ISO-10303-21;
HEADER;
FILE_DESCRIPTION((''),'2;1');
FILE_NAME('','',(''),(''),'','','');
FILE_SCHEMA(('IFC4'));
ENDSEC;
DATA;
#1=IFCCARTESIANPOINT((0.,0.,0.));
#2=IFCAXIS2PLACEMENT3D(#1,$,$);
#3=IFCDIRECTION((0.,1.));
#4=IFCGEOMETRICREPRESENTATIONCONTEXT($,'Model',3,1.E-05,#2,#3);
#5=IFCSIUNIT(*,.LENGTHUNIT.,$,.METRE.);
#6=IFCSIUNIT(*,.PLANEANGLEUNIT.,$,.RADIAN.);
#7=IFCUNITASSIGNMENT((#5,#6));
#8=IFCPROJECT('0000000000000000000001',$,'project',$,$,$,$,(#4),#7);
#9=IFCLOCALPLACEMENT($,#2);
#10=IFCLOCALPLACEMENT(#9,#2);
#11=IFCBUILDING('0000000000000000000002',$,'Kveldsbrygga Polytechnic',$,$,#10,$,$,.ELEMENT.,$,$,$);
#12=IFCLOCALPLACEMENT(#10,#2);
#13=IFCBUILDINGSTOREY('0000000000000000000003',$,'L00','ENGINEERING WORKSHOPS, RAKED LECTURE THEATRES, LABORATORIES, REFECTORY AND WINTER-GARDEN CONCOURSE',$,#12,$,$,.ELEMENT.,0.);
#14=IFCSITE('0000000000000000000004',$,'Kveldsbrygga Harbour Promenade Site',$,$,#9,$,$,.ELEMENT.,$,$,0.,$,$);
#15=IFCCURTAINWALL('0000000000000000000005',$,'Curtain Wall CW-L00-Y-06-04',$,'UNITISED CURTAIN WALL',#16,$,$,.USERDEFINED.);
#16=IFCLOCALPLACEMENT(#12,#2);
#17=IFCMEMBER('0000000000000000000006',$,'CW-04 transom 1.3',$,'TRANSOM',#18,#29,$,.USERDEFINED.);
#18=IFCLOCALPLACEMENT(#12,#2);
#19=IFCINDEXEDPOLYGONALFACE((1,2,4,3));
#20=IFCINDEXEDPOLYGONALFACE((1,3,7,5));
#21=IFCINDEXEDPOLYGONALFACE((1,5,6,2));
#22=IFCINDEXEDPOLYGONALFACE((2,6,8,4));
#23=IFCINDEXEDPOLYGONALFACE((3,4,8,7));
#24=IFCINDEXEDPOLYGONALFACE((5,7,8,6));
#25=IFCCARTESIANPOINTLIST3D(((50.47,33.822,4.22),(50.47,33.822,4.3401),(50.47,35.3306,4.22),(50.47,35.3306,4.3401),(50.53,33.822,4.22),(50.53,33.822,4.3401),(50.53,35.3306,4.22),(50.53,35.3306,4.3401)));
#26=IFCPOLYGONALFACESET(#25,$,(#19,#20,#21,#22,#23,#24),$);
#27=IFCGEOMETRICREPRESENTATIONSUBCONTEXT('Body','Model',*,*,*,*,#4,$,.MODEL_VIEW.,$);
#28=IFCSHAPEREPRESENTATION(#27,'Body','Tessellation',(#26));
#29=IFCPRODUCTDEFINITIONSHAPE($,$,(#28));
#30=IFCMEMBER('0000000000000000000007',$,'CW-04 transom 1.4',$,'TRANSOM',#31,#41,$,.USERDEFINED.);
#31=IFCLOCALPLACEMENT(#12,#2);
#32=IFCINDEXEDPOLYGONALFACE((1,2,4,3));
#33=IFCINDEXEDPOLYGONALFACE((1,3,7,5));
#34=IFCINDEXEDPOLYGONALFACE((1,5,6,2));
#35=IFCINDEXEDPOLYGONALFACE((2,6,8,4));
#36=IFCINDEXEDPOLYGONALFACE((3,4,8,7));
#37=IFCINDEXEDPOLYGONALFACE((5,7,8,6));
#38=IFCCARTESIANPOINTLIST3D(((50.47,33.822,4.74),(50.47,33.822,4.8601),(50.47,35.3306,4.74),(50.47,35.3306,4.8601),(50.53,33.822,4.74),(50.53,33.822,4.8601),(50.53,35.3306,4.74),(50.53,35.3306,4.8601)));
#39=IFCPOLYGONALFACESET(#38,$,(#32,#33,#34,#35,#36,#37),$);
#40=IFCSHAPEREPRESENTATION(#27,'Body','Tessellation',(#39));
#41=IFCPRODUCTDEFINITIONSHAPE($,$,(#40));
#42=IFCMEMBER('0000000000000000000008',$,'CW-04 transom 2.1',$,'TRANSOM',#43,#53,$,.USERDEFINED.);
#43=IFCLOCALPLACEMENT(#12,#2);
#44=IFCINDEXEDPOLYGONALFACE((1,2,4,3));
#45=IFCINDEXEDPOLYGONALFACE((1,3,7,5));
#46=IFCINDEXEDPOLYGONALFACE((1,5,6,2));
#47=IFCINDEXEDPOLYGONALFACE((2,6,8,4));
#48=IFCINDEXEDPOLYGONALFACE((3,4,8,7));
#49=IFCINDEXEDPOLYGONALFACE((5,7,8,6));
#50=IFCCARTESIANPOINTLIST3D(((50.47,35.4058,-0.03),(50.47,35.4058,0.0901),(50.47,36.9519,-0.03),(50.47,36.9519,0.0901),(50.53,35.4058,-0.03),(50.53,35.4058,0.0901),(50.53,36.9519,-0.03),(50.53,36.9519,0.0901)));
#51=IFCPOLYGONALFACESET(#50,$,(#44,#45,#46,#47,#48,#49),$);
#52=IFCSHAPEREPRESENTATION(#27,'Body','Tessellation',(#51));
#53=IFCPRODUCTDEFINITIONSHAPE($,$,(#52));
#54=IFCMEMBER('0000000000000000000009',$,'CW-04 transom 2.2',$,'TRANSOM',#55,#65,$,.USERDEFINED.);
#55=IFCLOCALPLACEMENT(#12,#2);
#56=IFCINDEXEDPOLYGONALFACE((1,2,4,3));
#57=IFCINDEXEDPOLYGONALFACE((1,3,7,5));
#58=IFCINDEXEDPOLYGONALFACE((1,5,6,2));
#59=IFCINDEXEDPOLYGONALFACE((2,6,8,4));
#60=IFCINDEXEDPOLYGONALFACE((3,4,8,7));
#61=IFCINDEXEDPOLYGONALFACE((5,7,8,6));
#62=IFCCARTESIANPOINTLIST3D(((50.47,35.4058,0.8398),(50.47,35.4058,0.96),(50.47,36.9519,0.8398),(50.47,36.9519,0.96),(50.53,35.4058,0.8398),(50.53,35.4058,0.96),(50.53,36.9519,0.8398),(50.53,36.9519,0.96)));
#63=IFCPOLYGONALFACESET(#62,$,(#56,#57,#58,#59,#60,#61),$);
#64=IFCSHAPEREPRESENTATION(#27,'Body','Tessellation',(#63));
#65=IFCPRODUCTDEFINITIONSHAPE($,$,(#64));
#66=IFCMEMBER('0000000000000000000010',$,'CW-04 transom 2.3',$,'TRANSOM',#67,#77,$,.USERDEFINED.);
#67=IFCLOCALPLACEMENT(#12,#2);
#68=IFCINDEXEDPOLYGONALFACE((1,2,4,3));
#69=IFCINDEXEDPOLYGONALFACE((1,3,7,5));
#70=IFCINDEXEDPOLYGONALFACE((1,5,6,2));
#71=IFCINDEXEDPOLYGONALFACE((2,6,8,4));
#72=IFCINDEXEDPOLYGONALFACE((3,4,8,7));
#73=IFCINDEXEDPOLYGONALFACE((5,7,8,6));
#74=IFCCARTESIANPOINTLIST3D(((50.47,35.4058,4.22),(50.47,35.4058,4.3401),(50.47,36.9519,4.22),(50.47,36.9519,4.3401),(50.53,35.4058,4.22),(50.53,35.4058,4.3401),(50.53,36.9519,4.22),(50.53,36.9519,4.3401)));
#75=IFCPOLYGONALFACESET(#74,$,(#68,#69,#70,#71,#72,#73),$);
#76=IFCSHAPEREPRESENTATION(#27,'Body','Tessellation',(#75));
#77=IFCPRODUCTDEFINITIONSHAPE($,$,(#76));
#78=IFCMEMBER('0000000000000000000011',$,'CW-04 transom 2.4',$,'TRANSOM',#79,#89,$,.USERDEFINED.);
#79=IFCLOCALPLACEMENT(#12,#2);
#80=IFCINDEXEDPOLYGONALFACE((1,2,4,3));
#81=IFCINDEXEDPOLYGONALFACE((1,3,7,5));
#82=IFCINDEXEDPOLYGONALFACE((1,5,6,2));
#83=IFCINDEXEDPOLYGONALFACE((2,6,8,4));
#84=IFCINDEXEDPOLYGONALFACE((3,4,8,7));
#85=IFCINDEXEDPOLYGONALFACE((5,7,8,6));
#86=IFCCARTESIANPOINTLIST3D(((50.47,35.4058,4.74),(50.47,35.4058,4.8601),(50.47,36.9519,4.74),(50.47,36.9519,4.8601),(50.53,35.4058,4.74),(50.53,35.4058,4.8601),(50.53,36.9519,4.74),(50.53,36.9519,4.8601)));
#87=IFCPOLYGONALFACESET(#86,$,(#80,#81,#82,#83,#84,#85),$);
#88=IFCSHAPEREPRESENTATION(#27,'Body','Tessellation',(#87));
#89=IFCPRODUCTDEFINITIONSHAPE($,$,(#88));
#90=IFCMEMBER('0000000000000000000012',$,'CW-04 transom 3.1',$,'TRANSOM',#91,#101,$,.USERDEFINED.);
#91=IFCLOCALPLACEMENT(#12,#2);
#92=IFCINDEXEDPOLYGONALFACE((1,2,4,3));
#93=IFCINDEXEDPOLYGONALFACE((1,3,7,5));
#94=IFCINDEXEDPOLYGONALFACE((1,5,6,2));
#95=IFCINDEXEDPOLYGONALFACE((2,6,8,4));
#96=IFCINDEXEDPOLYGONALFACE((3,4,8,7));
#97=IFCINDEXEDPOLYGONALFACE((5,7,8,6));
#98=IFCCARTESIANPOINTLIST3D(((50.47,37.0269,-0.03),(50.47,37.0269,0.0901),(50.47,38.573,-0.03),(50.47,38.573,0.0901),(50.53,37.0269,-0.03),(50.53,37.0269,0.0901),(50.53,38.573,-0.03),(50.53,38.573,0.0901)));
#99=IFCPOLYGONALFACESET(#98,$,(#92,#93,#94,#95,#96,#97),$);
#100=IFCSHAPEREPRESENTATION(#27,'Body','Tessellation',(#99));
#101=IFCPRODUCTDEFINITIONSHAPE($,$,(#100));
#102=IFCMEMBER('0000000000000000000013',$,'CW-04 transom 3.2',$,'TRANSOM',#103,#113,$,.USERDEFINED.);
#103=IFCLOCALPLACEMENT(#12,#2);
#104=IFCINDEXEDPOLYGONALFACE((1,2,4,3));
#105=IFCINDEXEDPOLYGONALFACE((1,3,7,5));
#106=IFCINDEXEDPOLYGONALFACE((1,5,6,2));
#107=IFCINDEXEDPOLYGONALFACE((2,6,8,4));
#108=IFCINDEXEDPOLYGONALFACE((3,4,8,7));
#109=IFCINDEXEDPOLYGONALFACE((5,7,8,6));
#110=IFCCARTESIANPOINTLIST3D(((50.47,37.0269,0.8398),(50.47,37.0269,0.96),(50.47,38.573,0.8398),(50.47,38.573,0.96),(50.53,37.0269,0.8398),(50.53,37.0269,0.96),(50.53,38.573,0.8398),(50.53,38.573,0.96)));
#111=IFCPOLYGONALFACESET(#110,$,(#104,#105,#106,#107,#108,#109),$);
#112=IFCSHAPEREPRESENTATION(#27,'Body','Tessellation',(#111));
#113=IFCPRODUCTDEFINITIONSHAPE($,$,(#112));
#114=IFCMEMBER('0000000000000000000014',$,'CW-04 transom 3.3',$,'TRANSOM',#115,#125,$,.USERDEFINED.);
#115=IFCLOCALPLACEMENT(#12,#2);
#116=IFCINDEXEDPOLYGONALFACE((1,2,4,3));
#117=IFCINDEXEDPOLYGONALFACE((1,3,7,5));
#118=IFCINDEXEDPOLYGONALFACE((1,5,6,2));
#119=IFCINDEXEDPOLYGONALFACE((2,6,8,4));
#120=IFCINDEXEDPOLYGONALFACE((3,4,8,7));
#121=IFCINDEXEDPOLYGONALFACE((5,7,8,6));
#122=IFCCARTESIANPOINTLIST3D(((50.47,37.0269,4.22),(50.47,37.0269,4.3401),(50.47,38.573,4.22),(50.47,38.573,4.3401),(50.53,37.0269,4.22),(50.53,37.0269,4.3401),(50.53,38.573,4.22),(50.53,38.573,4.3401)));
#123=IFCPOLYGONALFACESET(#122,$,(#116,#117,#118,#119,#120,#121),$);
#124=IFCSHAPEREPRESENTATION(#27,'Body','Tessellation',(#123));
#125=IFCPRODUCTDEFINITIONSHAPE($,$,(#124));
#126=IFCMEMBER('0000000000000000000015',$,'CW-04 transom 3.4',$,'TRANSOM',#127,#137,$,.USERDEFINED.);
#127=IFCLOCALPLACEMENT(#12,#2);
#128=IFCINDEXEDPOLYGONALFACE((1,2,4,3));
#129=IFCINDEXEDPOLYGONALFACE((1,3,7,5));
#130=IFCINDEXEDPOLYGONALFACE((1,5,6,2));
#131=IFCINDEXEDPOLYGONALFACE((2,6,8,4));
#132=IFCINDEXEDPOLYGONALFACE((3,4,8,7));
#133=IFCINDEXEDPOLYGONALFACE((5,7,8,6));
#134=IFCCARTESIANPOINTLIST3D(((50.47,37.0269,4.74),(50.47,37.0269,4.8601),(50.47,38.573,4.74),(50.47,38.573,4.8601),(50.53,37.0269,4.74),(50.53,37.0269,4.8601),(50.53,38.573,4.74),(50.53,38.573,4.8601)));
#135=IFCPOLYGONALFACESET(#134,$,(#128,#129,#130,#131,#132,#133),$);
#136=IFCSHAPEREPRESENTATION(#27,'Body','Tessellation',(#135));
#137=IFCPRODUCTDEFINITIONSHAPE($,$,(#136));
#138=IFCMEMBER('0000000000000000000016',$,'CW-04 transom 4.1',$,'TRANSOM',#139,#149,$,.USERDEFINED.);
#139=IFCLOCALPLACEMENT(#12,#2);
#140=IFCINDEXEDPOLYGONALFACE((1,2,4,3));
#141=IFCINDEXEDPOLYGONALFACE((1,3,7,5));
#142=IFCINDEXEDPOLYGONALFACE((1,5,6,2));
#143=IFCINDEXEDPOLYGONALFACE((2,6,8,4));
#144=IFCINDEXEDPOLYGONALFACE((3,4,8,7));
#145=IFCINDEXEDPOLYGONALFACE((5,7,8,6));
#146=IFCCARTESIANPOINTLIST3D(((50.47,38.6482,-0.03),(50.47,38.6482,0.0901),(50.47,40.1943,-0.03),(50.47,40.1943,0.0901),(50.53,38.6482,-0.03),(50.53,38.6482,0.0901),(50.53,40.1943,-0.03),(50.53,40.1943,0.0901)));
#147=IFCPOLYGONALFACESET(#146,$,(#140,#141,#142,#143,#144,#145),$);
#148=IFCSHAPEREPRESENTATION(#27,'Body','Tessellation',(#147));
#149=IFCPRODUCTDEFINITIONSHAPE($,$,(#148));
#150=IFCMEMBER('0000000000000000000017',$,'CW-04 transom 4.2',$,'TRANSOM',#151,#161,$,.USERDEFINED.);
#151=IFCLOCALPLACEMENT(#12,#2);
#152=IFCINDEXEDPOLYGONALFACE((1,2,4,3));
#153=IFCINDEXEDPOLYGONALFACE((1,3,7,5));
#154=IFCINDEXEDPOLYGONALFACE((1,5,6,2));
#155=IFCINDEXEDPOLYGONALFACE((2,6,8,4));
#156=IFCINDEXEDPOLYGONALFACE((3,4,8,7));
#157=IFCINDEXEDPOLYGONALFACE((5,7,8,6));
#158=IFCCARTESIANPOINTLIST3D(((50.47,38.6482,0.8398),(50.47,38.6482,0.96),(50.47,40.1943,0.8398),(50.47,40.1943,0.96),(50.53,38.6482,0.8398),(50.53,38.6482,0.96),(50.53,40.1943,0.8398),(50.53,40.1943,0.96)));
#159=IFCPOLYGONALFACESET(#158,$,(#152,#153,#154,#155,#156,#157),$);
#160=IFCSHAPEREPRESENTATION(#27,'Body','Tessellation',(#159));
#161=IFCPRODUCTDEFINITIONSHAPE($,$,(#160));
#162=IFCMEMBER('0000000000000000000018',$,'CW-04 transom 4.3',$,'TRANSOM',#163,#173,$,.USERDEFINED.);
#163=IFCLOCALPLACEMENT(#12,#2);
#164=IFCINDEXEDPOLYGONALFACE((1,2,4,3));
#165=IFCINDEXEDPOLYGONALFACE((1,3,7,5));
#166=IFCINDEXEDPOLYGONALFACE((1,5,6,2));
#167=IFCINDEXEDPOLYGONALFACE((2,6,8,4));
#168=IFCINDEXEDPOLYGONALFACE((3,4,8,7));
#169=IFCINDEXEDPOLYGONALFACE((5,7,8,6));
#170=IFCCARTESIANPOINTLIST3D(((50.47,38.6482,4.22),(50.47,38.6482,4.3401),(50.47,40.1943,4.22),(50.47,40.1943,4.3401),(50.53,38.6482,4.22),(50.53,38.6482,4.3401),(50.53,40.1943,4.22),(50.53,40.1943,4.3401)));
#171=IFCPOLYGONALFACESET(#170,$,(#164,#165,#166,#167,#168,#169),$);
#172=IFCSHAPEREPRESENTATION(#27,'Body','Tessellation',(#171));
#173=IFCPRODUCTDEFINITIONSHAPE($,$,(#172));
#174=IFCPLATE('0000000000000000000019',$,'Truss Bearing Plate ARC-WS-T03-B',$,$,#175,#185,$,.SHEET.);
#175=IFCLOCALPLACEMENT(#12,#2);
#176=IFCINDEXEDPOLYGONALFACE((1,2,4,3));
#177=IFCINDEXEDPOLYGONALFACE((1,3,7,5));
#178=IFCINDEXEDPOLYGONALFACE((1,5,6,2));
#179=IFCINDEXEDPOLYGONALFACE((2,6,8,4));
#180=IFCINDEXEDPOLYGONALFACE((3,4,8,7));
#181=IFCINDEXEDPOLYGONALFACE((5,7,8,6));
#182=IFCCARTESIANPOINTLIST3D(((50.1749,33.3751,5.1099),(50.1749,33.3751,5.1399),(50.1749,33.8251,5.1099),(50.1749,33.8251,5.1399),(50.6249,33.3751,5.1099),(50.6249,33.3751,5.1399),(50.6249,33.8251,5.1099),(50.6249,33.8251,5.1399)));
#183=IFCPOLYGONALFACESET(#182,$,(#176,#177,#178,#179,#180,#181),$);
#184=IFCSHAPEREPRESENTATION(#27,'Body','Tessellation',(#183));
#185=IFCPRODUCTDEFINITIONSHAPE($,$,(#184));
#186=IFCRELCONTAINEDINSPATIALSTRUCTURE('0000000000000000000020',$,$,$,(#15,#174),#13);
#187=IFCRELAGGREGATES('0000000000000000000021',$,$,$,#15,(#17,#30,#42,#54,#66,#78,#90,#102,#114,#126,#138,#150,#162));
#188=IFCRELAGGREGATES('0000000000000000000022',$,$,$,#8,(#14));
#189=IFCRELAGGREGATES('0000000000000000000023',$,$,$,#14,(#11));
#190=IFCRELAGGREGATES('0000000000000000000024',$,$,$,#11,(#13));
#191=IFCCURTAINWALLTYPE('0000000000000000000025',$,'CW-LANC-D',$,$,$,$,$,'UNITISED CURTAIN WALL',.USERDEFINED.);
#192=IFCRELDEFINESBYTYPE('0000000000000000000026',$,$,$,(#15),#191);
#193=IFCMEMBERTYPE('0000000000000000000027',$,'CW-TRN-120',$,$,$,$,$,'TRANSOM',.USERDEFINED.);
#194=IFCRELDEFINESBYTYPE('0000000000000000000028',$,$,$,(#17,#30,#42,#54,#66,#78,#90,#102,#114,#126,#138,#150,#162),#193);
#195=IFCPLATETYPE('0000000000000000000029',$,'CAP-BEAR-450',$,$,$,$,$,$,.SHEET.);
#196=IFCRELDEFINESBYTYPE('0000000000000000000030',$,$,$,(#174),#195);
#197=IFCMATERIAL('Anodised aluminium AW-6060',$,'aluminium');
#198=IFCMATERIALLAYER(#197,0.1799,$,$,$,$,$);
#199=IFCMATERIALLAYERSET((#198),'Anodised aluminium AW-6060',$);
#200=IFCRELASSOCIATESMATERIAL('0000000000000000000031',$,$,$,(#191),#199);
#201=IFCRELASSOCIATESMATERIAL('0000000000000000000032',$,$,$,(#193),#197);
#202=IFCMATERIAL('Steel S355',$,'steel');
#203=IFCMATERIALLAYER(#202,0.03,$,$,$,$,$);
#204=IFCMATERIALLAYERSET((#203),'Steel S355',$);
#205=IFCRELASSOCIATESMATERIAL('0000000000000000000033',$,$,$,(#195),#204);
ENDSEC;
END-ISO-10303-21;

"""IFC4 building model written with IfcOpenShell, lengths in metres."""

from ifc_helpers import new_model, si_unit, direction, frame, origin, origin_2d, place, context, subcontext, project, spatial, rectangle, extrude, material, layer, layer_set, material_profile, profile_set, type_object, element, aggregate, save


model = new_model("IFC4")

# Units and contexts
model_context = context("Model", 3, precision=1e-05, world=origin(), true_north=direction((0.0, 1.0)))
body_context = subcontext(model_context, "Body", "Model", "MODEL_VIEW")
ifc_project = project(units=[si_unit("LENGTHUNIT", "METRE"), si_unit("PLANEANGLEUNIT", "RADIAN")], contexts=[model_context])

# Site, building, storey
site_placement = place(None, origin())
site = spatial("IfcSite", under=ifc_project, at=site_placement, Name="Kveldsbrygga Harbour Promenade Site", CompositionType="ELEMENT", RefElevation=0.0)
building_placement = place(site_placement, origin())
building = spatial("IfcBuilding", under=site, at=building_placement, Name="Kveldsbrygga Polytechnic", CompositionType="ELEMENT")
storey_placement = place(building_placement, origin())
storey = spatial("IfcBuildingStorey", under=building, at=storey_placement, Name="L00", Description="ENGINEERING WORKSHOPS, RAKED LECTURE THEATRES, LABORATORIES, REFECTORY AND WINTER-GARDEN CONCOURSE", CompositionType="ELEMENT", Elevation=0.0)

# Shared definitions
ifc_material_1 = material(Name="Steel S355", Category="steel")

# Curtain wall, members
ifc_material_2 = material(Name="Anodised aluminium AW-6060", Category="aluminium")
ifc_layer_1 = layer(ifc_material_2, 0.1799)
ifc_layer_set_1 = layer_set([ifc_layer_1], Name="Anodised aluminium AW-6060")
curtain_wall_type = type_object("IfcCurtainWallType", Name="CW-LANC-D", ElementType="UNITISED CURTAIN WALL", PredefinedType="USERDEFINED", material=ifc_layer_set_1)
curtain_wall_placement = place(storey_placement, origin())
curtain_wall = element("IfcCurtainWall", 1, at=curtain_wall_placement, inside=storey, type_object=curtain_wall_type, Name="Curtain Wall CW-L00-Y-06-04", ObjectType="UNITISED CURTAIN WALL", PredefinedType="USERDEFINED")
ifc_material_profile_1 = material_profile(ifc_material_2, rectangle(XDim=0.0601, YDim=0.1201, at=origin_2d()), Name="ALU 60x120")
ifc_profile_set_1 = profile_set([ifc_material_profile_1], Name="Anodised aluminium AW-6060")
member_type_1 = type_object("IfcMemberType", Name="CW-TRN-120", ElementType="TRANSOM", PredefinedType="USERDEFINED", material=ifc_profile_set_1)
member_1_placement = place(storey_placement, frame((50.5, 33.822, 4.28), z_axis=(0.0, 1.0, 0.0), x_axis=(-1.0, 0.0, 0.0)))
member_1 = element("IfcMember", 2, at=member_1_placement, type_object=member_type_1, Name="CW-04 transom 1.3", ObjectType="TRANSOM", PredefinedType="USERDEFINED", context=body_context, shape_type="SweptSolid", body=[
    extrude(rectangle(XDim=0.0601, YDim=0.1201, at=origin_2d()), origin(), (0.0, 0.0, 1.0), 1.5085),
])
member_2_placement = place(storey_placement, frame((50.5, 33.822, 4.8), z_axis=(0.0, 1.0, 0.0), x_axis=(-1.0, 0.0, 0.0)))
member_2 = element("IfcMember", 3, at=member_2_placement, type_object=member_type_1, Name="CW-04 transom 1.4", ObjectType="TRANSOM", PredefinedType="USERDEFINED", context=body_context, shape_type="SweptSolid", body=[
    extrude(rectangle(XDim=0.0601, YDim=0.1201, at=origin_2d()), origin(), (0.0, 0.0, 1.0), 1.5085),
])
member_3_placement = place(storey_placement, frame((50.5, 35.4058, 0.03), z_axis=(0.0, 1.0, 0.0), x_axis=(-1.0, 0.0, 0.0)))
member_3 = element("IfcMember", 4, at=member_3_placement, type_object=member_type_1, Name="CW-04 transom 2.1", ObjectType="TRANSOM", PredefinedType="USERDEFINED", context=body_context, shape_type="SweptSolid", body=[
    extrude(rectangle(XDim=0.0601, YDim=0.1201, at=origin_2d()), origin(), (0.0, 0.0, 1.0), 1.5461),
])
member_4_placement = place(storey_placement, frame((50.5, 35.4058, 0.8999), z_axis=(0.0, 1.0, 0.0), x_axis=(-1.0, 0.0, 0.0)))
member_4 = element("IfcMember", 5, at=member_4_placement, type_object=member_type_1, Name="CW-04 transom 2.2", ObjectType="TRANSOM", PredefinedType="USERDEFINED", context=body_context, shape_type="SweptSolid", body=[
    extrude(rectangle(XDim=0.0601, YDim=0.1201, at=origin_2d()), origin(), (0.0, 0.0, 1.0), 1.5461),
])
member_5_placement = place(storey_placement, frame((50.5, 35.4058, 4.28), z_axis=(0.0, 1.0, 0.0), x_axis=(-1.0, 0.0, 0.0)))
member_5 = element("IfcMember", 6, at=member_5_placement, type_object=member_type_1, Name="CW-04 transom 2.3", ObjectType="TRANSOM", PredefinedType="USERDEFINED", context=body_context, shape_type="SweptSolid", body=[
    extrude(rectangle(XDim=0.0601, YDim=0.1201, at=origin_2d()), origin(), (0.0, 0.0, 1.0), 1.5461),
])
member_6_placement = place(storey_placement, frame((50.5, 35.4058, 4.8), z_axis=(0.0, 1.0, 0.0), x_axis=(-1.0, 0.0, 0.0)))
member_6 = element("IfcMember", 7, at=member_6_placement, type_object=member_type_1, Name="CW-04 transom 2.4", ObjectType="TRANSOM", PredefinedType="USERDEFINED", context=body_context, shape_type="SweptSolid", body=[
    extrude(rectangle(XDim=0.0601, YDim=0.1201, at=origin_2d()), origin(), (0.0, 0.0, 1.0), 1.5461),
])
member_7_placement = place(storey_placement, frame((50.5, 37.0269, 0.03), z_axis=(0.0, 1.0, 0.0), x_axis=(-1.0, 0.0, 0.0)))
member_7 = element("IfcMember", 8, at=member_7_placement, type_object=member_type_1, Name="CW-04 transom 3.1", ObjectType="TRANSOM", PredefinedType="USERDEFINED", context=body_context, shape_type="SweptSolid", body=[
    extrude(rectangle(XDim=0.0601, YDim=0.1201, at=origin_2d()), origin(), (0.0, 0.0, 1.0), 1.5461),
])
member_8_placement = place(storey_placement, frame((50.5, 37.0269, 0.8999), z_axis=(0.0, 1.0, 0.0), x_axis=(-1.0, 0.0, 0.0)))
member_8 = element("IfcMember", 9, at=member_8_placement, type_object=member_type_1, Name="CW-04 transom 3.2", ObjectType="TRANSOM", PredefinedType="USERDEFINED", context=body_context, shape_type="SweptSolid", body=[
    extrude(rectangle(XDim=0.0601, YDim=0.1201, at=origin_2d()), origin(), (0.0, 0.0, 1.0), 1.5461),
])
member_9_placement = place(storey_placement, frame((50.5, 37.0269, 4.28), z_axis=(0.0, 1.0, 0.0), x_axis=(-1.0, 0.0, 0.0)))
member_9 = element("IfcMember", 10, at=member_9_placement, type_object=member_type_1, Name="CW-04 transom 3.3", ObjectType="TRANSOM", PredefinedType="USERDEFINED", context=body_context, shape_type="SweptSolid", body=[
    extrude(rectangle(XDim=0.0601, YDim=0.1201, at=origin_2d()), origin(), (0.0, 0.0, 1.0), 1.5461),
])
member_10_placement = place(storey_placement, frame((50.5, 37.0269, 4.8), z_axis=(0.0, 1.0, 0.0), x_axis=(-1.0, 0.0, 0.0)))
member_10 = element("IfcMember", 11, at=member_10_placement, type_object=member_type_1, Name="CW-04 transom 3.4", ObjectType="TRANSOM", PredefinedType="USERDEFINED", context=body_context, shape_type="SweptSolid", body=[
    extrude(rectangle(XDim=0.0601, YDim=0.1201, at=origin_2d()), origin(), (0.0, 0.0, 1.0), 1.5461),
])
member_11_placement = place(storey_placement, frame((50.5, 38.6482, 0.03), z_axis=(0.0, 1.0, 0.0), x_axis=(-1.0, 0.0, 0.0)))
member_11 = element("IfcMember", 12, at=member_11_placement, type_object=member_type_1, Name="CW-04 transom 4.1", ObjectType="TRANSOM", PredefinedType="USERDEFINED", context=body_context, shape_type="SweptSolid", body=[
    extrude(rectangle(XDim=0.0601, YDim=0.1201, at=origin_2d()), origin(), (0.0, 0.0, 1.0), 1.5461),
])
member_12_placement = place(storey_placement, frame((50.5, 38.6482, 0.8999), z_axis=(0.0, 1.0, 0.0), x_axis=(-1.0, 0.0, 0.0)))
member_12 = element("IfcMember", 13, at=member_12_placement, type_object=member_type_1, Name="CW-04 transom 4.2", ObjectType="TRANSOM", PredefinedType="USERDEFINED", context=body_context, shape_type="SweptSolid", body=[
    extrude(rectangle(XDim=0.0601, YDim=0.1201, at=origin_2d()), origin(), (0.0, 0.0, 1.0), 1.5461),
])
member_13_placement = place(storey_placement, frame((50.5, 38.6482, 4.28), z_axis=(0.0, 1.0, 0.0), x_axis=(-1.0, 0.0, 0.0)))
member_13 = element("IfcMember", 14, at=member_13_placement, type_object=member_type_1, Name="CW-04 transom 4.3", ObjectType="TRANSOM", PredefinedType="USERDEFINED", context=body_context, shape_type="SweptSolid", body=[
    extrude(rectangle(XDim=0.0601, YDim=0.1201, at=origin_2d()), origin(), (0.0, 0.0, 1.0), 1.5461),
])

# Plate
ifc_layer_2 = layer(ifc_material_1, 0.03)
ifc_layer_set_2 = layer_set([ifc_layer_2], Name="Steel S355")
plate_type_1 = type_object("IfcPlateType", Name="CAP-BEAR-450", PredefinedType="SHEET", material=ifc_layer_set_2)
plate_1_placement = place(storey_placement, frame((50.3999, 33.6001, 5.1099), z_axis=(0.0, 0.0, 1.0), x_axis=(1.0, 0.0, 0.0)))
element("IfcPlate", 15, at=plate_1_placement, inside=storey, type_object=plate_type_1, Name="Truss Bearing Plate ARC-WS-T03-B", PredefinedType="SHEET", context=body_context, shape_type="SweptSolid", body=[
    extrude(rectangle(XDim=0.45, YDim=0.45, at=origin_2d()), origin(), (0.0, 0.0, 1.0), 0.03),
])
aggregate(curtain_wall, [member_1, member_2, member_3, member_4, member_5, member_6, member_7, member_8, member_9, member_10, member_11, member_12, member_13])

save(model, "model.ifc")
